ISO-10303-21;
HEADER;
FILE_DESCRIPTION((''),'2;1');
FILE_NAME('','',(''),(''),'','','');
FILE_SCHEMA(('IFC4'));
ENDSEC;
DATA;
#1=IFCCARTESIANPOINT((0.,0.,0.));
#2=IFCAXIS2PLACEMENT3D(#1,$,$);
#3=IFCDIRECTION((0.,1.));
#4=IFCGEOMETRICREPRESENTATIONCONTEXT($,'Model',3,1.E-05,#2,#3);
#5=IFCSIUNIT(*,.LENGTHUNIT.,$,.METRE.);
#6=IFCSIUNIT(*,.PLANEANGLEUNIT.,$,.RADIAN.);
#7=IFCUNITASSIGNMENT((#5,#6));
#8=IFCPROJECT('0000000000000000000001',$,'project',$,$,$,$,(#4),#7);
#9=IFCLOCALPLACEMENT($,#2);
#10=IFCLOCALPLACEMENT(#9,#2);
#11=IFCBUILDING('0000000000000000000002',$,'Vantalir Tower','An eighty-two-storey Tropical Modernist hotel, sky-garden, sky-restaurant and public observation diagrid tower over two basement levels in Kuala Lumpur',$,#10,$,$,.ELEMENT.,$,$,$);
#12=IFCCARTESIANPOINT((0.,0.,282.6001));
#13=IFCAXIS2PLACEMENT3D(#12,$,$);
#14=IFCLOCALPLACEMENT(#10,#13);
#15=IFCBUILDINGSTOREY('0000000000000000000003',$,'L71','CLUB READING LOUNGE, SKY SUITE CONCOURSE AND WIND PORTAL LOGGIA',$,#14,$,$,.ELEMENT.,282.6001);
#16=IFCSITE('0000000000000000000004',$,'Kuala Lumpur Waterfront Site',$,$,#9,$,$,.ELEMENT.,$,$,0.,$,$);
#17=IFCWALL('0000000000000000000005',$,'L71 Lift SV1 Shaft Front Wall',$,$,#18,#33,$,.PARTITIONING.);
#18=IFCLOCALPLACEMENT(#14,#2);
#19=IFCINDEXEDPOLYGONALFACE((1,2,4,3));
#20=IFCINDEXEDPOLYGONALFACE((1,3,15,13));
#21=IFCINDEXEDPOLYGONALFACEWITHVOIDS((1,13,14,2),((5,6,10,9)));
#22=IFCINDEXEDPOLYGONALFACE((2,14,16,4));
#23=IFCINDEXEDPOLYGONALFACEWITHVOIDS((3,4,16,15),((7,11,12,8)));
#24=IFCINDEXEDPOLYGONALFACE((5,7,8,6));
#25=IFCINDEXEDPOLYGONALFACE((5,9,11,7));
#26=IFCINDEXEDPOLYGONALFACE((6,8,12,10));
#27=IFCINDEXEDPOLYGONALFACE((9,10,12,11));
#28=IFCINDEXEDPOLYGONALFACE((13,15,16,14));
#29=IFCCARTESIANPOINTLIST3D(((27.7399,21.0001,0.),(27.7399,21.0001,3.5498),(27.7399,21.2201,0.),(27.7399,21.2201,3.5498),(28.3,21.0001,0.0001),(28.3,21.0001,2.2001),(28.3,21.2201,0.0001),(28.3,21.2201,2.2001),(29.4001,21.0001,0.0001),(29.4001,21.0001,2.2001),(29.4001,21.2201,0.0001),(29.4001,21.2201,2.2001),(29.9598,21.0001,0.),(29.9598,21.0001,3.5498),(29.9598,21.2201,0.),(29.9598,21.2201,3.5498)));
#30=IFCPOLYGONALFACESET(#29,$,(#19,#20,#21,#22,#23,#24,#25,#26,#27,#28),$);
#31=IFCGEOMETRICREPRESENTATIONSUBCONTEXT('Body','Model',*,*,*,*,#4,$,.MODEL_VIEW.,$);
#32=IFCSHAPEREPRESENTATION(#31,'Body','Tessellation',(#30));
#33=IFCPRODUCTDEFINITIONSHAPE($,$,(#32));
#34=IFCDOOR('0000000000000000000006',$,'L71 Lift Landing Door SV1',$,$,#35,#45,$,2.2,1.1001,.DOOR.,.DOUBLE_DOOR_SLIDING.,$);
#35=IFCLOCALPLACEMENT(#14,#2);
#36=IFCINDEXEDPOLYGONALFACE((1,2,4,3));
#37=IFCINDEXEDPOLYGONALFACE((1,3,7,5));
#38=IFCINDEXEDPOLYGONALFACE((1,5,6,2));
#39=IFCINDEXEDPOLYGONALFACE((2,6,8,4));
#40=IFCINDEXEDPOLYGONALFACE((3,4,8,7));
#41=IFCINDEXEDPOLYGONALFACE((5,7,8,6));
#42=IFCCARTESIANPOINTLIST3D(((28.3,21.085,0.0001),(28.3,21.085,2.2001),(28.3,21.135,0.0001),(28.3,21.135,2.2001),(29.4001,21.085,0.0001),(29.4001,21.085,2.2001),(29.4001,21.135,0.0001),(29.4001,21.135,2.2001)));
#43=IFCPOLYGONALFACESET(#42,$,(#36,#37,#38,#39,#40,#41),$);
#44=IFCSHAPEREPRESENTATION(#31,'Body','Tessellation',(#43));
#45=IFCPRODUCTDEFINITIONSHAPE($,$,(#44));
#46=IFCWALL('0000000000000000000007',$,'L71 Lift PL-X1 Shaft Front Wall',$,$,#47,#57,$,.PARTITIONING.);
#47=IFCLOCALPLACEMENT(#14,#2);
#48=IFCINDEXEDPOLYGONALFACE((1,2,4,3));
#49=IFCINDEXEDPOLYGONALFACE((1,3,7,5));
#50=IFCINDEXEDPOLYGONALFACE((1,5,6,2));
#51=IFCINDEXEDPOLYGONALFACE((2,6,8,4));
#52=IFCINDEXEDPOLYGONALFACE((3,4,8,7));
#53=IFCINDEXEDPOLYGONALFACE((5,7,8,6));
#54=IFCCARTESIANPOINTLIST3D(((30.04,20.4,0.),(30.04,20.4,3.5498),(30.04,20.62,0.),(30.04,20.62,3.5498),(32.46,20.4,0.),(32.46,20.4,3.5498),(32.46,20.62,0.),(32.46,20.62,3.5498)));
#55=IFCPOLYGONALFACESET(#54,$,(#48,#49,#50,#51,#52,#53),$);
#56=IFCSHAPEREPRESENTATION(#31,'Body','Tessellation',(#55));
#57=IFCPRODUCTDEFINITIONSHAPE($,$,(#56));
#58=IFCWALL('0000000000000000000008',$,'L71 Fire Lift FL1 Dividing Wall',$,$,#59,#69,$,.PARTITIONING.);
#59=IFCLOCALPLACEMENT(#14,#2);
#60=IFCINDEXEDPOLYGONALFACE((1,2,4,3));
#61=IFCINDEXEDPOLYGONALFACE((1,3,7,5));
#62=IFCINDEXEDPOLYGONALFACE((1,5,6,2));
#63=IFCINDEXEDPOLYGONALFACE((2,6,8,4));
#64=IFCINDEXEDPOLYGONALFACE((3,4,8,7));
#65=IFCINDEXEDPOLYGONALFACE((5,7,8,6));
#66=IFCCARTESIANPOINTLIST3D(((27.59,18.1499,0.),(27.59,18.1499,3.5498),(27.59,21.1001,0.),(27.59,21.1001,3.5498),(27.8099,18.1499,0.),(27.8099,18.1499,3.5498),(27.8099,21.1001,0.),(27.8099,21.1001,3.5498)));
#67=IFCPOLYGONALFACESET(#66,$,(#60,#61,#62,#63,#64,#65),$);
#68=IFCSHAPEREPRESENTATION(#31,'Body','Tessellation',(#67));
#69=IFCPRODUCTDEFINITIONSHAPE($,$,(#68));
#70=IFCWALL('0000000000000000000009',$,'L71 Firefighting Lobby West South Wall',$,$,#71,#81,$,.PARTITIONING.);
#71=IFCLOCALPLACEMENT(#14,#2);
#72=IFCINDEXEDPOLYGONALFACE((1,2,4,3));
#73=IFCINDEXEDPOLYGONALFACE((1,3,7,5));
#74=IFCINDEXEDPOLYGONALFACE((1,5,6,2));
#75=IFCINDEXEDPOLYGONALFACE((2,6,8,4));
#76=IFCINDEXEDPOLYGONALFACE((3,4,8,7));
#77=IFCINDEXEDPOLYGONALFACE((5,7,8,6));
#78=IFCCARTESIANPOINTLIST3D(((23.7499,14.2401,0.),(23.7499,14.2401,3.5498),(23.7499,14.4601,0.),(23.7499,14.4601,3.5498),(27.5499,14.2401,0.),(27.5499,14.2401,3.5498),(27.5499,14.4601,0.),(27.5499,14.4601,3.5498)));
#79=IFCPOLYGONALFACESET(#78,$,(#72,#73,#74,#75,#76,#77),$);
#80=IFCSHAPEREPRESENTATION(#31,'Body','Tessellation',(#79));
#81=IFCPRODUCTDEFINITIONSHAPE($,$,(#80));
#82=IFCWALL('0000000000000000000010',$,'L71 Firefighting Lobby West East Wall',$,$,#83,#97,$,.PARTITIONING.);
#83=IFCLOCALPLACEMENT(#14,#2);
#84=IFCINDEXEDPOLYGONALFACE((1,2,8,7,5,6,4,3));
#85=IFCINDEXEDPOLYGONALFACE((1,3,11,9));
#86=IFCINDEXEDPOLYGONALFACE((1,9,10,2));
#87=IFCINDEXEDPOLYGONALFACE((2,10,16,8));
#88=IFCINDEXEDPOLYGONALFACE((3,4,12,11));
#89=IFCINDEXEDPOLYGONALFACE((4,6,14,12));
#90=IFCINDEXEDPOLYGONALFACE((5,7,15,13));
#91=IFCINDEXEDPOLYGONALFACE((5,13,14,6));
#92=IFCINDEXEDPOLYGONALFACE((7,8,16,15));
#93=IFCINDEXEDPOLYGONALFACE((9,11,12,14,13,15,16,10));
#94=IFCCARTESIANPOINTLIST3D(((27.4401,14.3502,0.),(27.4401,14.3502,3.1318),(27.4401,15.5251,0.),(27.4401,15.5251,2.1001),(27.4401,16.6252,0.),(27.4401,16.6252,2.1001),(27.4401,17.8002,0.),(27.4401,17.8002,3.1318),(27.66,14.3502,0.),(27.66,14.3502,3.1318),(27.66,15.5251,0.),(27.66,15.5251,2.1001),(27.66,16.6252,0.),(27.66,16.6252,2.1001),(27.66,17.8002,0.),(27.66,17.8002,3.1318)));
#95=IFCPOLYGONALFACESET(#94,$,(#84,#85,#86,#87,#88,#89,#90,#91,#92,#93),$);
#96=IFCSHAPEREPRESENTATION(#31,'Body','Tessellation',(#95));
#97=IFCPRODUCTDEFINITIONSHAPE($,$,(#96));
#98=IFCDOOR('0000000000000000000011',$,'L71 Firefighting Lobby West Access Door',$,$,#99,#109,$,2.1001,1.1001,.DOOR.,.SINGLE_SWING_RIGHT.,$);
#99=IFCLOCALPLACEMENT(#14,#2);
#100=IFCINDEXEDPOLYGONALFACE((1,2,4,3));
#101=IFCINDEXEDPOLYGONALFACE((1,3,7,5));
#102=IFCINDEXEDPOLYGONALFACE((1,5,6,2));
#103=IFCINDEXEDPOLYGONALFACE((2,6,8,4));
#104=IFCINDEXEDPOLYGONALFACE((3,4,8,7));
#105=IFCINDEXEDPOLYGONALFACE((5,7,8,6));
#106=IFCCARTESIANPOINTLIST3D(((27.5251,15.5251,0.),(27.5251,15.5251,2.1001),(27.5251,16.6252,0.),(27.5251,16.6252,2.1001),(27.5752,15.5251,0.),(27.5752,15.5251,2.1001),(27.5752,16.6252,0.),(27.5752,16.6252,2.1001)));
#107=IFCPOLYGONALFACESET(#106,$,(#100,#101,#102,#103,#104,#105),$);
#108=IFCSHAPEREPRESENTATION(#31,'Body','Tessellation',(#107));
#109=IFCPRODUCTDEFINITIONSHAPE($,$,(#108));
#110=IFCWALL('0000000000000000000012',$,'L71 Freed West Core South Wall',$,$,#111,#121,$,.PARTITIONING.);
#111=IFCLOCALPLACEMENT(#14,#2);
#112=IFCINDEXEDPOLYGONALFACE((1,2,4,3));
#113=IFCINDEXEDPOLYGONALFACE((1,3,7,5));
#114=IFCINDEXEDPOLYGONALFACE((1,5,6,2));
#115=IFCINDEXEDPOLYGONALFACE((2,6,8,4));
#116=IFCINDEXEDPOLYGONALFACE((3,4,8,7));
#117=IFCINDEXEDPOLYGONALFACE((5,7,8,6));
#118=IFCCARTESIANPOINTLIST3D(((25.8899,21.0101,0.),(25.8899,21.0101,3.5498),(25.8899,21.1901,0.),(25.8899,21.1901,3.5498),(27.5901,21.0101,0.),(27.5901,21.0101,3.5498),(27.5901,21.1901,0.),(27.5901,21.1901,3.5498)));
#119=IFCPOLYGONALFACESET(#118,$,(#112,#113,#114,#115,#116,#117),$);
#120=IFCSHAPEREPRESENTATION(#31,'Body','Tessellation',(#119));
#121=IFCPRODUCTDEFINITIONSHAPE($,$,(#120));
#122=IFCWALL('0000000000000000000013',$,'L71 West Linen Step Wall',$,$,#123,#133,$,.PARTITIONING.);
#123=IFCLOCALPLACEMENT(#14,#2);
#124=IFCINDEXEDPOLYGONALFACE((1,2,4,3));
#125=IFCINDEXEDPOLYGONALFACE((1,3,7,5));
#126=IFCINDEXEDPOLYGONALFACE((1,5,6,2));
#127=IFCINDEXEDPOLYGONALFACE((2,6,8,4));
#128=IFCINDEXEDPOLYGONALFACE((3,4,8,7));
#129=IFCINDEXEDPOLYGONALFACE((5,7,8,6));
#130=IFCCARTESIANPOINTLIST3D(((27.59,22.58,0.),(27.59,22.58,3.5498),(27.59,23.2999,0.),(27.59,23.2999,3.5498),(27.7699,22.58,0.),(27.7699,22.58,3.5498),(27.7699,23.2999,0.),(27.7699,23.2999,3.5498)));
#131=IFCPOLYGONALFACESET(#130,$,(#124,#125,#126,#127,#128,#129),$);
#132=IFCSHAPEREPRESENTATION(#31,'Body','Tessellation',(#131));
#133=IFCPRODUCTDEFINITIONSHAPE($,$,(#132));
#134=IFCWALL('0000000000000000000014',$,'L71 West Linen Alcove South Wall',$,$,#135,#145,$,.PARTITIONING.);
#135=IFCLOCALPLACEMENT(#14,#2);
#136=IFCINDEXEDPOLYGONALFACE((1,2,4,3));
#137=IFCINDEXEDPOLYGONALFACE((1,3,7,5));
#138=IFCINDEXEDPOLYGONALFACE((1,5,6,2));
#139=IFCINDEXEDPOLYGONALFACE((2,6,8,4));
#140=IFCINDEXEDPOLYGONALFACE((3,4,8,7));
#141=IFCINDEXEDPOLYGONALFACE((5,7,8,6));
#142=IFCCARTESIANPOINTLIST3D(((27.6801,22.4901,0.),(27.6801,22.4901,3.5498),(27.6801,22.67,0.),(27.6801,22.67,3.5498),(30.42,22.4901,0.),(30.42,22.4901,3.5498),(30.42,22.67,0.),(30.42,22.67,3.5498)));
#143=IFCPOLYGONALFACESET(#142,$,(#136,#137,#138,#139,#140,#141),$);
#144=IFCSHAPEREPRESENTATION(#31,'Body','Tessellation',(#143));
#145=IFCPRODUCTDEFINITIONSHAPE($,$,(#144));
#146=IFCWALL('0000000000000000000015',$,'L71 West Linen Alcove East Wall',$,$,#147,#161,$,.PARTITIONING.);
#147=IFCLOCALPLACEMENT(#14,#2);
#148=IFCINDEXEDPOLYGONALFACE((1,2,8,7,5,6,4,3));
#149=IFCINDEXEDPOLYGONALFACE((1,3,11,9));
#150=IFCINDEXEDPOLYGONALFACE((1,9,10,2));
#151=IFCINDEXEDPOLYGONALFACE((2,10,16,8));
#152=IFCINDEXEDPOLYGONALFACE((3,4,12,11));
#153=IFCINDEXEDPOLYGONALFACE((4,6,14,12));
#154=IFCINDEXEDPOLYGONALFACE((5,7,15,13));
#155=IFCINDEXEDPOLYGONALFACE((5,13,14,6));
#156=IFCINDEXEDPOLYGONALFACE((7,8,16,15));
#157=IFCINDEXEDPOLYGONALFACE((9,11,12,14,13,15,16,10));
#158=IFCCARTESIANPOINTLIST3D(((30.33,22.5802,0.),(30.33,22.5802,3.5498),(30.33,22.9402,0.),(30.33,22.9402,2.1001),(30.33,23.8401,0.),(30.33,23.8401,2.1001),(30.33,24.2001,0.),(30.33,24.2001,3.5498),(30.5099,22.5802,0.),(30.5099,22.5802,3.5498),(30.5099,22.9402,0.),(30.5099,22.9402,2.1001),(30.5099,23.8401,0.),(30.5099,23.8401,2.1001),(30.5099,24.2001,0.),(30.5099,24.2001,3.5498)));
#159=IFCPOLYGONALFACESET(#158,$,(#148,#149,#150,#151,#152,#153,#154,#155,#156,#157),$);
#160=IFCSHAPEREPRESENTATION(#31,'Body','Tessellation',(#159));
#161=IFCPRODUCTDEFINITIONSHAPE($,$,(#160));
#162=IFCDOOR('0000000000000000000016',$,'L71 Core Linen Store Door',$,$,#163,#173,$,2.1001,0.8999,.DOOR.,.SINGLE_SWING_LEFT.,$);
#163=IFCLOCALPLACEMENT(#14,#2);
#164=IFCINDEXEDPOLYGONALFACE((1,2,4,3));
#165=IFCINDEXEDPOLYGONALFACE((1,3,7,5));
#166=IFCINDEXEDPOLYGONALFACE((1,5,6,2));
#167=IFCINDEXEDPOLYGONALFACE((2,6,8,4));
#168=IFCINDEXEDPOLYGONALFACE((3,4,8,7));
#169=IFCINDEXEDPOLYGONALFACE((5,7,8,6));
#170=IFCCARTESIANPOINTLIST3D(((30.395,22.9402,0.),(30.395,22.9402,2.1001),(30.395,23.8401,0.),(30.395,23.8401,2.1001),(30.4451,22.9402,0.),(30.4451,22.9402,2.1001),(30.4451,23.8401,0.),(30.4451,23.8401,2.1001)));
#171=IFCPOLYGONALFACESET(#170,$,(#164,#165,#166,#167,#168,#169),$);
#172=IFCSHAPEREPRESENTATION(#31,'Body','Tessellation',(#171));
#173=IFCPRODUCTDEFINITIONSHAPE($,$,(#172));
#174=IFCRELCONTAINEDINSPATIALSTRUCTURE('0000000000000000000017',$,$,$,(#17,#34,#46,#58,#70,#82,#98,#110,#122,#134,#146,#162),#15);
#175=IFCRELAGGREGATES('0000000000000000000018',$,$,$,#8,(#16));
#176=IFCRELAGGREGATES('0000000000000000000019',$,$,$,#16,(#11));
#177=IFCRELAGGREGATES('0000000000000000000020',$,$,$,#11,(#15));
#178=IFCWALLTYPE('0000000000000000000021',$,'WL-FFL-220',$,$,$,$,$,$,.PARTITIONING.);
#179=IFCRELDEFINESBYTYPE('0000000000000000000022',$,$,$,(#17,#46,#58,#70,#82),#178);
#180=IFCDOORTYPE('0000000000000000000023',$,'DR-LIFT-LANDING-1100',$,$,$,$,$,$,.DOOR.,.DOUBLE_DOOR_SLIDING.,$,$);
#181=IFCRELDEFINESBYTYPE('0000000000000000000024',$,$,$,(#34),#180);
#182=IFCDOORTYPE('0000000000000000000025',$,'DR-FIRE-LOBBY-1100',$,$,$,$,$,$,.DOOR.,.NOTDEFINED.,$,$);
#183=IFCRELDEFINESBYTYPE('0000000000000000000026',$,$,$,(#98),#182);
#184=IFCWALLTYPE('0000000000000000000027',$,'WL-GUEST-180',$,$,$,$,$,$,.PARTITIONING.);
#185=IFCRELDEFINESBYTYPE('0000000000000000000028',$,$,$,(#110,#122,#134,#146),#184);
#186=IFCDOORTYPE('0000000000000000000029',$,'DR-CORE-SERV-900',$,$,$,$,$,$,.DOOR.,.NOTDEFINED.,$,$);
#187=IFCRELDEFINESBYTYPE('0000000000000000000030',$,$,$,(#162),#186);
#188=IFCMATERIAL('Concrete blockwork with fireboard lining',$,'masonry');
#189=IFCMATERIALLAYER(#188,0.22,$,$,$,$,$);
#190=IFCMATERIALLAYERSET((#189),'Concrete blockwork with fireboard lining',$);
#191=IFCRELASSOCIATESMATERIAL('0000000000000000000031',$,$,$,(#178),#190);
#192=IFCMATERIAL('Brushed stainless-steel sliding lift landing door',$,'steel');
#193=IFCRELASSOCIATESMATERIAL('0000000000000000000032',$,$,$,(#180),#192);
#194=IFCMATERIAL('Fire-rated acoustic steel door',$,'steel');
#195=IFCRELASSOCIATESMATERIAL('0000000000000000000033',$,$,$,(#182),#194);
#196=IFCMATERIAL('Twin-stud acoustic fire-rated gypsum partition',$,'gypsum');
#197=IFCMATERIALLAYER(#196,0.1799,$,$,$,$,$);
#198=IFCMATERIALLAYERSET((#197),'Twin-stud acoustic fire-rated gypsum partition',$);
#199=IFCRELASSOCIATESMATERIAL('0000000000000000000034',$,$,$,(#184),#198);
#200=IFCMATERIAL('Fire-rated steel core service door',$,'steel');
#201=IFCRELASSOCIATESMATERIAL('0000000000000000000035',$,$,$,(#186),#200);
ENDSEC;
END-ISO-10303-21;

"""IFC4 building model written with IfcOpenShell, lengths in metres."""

from ifc_helpers import new_model, si_unit, direction, frame, frame_2d, origin, place, context, subcontext, project, spatial, rectangle, extrude, material, layer, layer_set, type_object, element, fill, save


model = new_model("IFC4")

# Units and contexts
model_context = context("Model", 3, precision=1e-05, world=origin(), true_north=direction((0.0, 1.0)))
body_context = subcontext(model_context, "Body", "Model", "MODEL_VIEW")
ifc_project = project(units=[si_unit("LENGTHUNIT", "METRE"), si_unit("PLANEANGLEUNIT", "RADIAN")], contexts=[model_context])

# Site, building, storey
site_placement = place(None, origin())
site = spatial("IfcSite", under=ifc_project, at=site_placement, Name="Kuala Lumpur Waterfront Site", CompositionType="ELEMENT", RefElevation=0.0)
building_placement = place(site_placement, origin())
building = spatial("IfcBuilding", under=site, at=building_placement, Name="Vantalir Tower", Description="An eighty-two-storey Tropical Modernist hotel, sky-garden, sky-restaurant and public observation diagrid tower over two basement levels in Kuala Lumpur", CompositionType="ELEMENT")
storey_placement = place(building_placement, frame((0.0, 0.0, 282.6001)))
storey = spatial("IfcBuildingStorey", under=building, at=storey_placement, Name="L71", Description="CLUB READING LOUNGE, SKY SUITE CONCOURSE AND WIND PORTAL LOGGIA", CompositionType="ELEMENT", Elevation=282.6001)

# Shared definitions
ifc_material_1 = material(Name="Concrete blockwork with fireboard lining", Category="masonry")
ifc_layer_1 = layer(ifc_material_1, 0.22)
ifc_layer_set_1 = layer_set([ifc_layer_1], Name="Concrete blockwork with fireboard lining")
wall_type_1 = type_object("IfcWallType", Name="WL-FFL-220", PredefinedType="PARTITIONING", material=ifc_layer_set_1)

# Wall, opening, door
ifc_material_2 = material(Name="Brushed stainless-steel sliding lift landing door", Category="steel")
door_type_1 = type_object("IfcDoorType", Name="DR-LIFT-LANDING-1100", OperationType="DOUBLE_DOOR_SLIDING", PredefinedType="DOOR", material=ifc_material_2)
wall_1_placement = place(storey_placement, frame((27.74, 21.1101, 0.0), z_axis=(0.0, 0.0, 1.0), x_axis=(1.0, 0.0, 0.0)))
wall_1 = element("IfcWall", 1, at=wall_1_placement, inside=storey, type_object=wall_type_1, Name="L71 Lift SV1 Shaft Front Wall", PredefinedType="PARTITIONING", context=body_context, shape_type="SweptSolid", body=[
    extrude(rectangle(XDim=2.22, YDim=0.22, at=frame_2d((1.1099, 0.0))), origin(), (0.0, 0.0, 1.0), 3.5498),
])
opening_1_placement = place(wall_1_placement, frame((0.5601, 0.0, 0.0)))
opening_1 = element("IfcOpeningElement", 2, at=opening_1_placement, cuts=wall_1, PredefinedType="OPENING", context=body_context, shape_type="SweptSolid", body=[
    extrude(rectangle(XDim=1.1001, YDim=2.2, at=frame_2d((0.55, 1.1001))), frame((0.0, 0.1199, 0.0), z_axis=(0.0, -1.0, 0.0), x_axis=(1.0, 0.0, 0.0)), (0.0, 0.0, 1.0), 0.24),
])
door_1_placement = place(opening_1_placement, origin())
door_1 = element("IfcDoor", 3, at=door_1_placement, inside=storey, type_object=door_type_1, Name="L71 Lift Landing Door SV1", OperationType="DOUBLE_DOOR_SLIDING", OverallHeight=2.2, OverallWidth=1.1001, PredefinedType="DOOR", context=body_context, shape_type="SweptSolid", body=[
    extrude(rectangle(XDim=1.1001, YDim=2.2, at=frame_2d((0.55, 1.1001))), frame((0.0, 0.0249, 0.0), z_axis=(0.0, -1.0, 0.0), x_axis=(1.0, 0.0, 0.0)), (0.0, 0.0, 1.0), 0.05),
])
fill(opening_1, door_1)

# Walls
wall_2_placement = place(storey_placement, frame((30.04, 20.51, 0.0), z_axis=(0.0, 0.0, 1.0), x_axis=(1.0, 0.0, 0.0)))
element("IfcWall", 4, at=wall_2_placement, inside=storey, type_object=wall_type_1, Name="L71 Lift PL-X1 Shaft Front Wall", PredefinedType="PARTITIONING", context=body_context, shape_type="SweptSolid", body=[
    extrude(rectangle(XDim=2.4199, YDim=0.22, at=frame_2d((1.21, 0.0))), origin(), (0.0, 0.0, 1.0), 3.5498),
])
wall_3_placement = place(storey_placement, frame((27.7, 18.1499, 0.0), z_axis=(0.0, 0.0, 1.0), x_axis=(0.0, 1.0, 0.0)))
element("IfcWall", 5, at=wall_3_placement, inside=storey, type_object=wall_type_1, Name="L71 Fire Lift FL1 Dividing Wall", PredefinedType="PARTITIONING", context=body_context, shape_type="SweptSolid", body=[
    extrude(rectangle(XDim=2.9502, YDim=0.22, at=frame_2d((1.4751, 0.0))), origin(), (0.0, 0.0, 1.0), 3.5498),
])
wall_4_placement = place(storey_placement, frame((23.75, 14.3501, 0.0), z_axis=(0.0, 0.0, 1.0), x_axis=(1.0, 0.0, 0.0)))
element("IfcWall", 6, at=wall_4_placement, inside=storey, type_object=wall_type_1, Name="L71 Firefighting Lobby West South Wall", PredefinedType="PARTITIONING", context=body_context, shape_type="SweptSolid", body=[
    extrude(rectangle(XDim=3.8, YDim=0.22, at=frame_2d((1.8999, 0.0))), origin(), (0.0, 0.0, 1.0), 3.5498),
])

# Wall, opening, door
wall_5_placement = place(storey_placement, frame((27.55, 14.3501, 0.0), z_axis=(0.0, 0.0, 1.0), x_axis=(0.0, 1.0, 0.0)))
wall_5 = element("IfcWall", 7, at=wall_5_placement, inside=storey, type_object=wall_type_1, Name="L71 Firefighting Lobby West East Wall", PredefinedType="PARTITIONING", context=body_context, shape_type="SweptSolid", body=[
    extrude(rectangle(XDim=3.45, YDim=0.22, at=frame_2d((1.7251, 0.0))), origin(), (0.0, 0.0, 1.0), 3.1318),
])
opening_2_placement = place(wall_5_placement, frame((1.175, 0.0, 0.0)))
opening_2 = element("IfcOpeningElement", 8, at=opening_2_placement, cuts=wall_5, PredefinedType="OPENING", context=body_context, shape_type="SweptSolid", body=[
    extrude(rectangle(XDim=1.1001, YDim=2.1001, at=frame_2d((0.55, 1.05))), frame((0.0, 0.1199, 0.0), z_axis=(0.0, -1.0, 0.0), x_axis=(1.0, 0.0, 0.0)), (0.0, 0.0, 1.0), 0.24),
])
ifc_material_3 = material(Name="Fire-rated acoustic steel door", Category="steel")
door_type_2 = type_object("IfcDoorType", Name="DR-FIRE-LOBBY-1100", OperationType="NOTDEFINED", PredefinedType="DOOR", material=ifc_material_3)
door_2_placement = place(opening_2_placement, origin())
door_2 = element("IfcDoor", 9, at=door_2_placement, inside=storey, type_object=door_type_2, Name="L71 Firefighting Lobby West Access Door", OperationType="SINGLE_SWING_RIGHT", OverallHeight=2.1001, OverallWidth=1.1001, PredefinedType="DOOR", context=body_context, shape_type="SweptSolid", body=[
    extrude(rectangle(XDim=1.1001, YDim=2.1001, at=frame_2d((0.55, 1.05))), frame((0.0, 0.0249, 0.0), z_axis=(0.0, -1.0, 0.0), x_axis=(1.0, 0.0, 0.0)), (0.0, 0.0, 1.0), 0.05),
])
fill(opening_2, door_2)

# Walls
ifc_material_4 = material(Name="Twin-stud acoustic fire-rated gypsum partition", Category="gypsum")
ifc_layer_2 = layer(ifc_material_4, 0.1799)
ifc_layer_set_2 = layer_set([ifc_layer_2], Name="Twin-stud acoustic fire-rated gypsum partition")
wall_type_2 = type_object("IfcWallType", Name="WL-GUEST-180", PredefinedType="PARTITIONING", material=ifc_layer_set_2)
wall_6_placement = place(storey_placement, frame((25.8899, 21.1001, 0.0), z_axis=(0.0, 0.0, 1.0), x_axis=(1.0, 0.0, 0.0)))
element("IfcWall", 10, at=wall_6_placement, inside=storey, type_object=wall_type_2, Name="L71 Freed West Core South Wall", PredefinedType="PARTITIONING", context=body_context, shape_type="SweptSolid", body=[
    extrude(rectangle(XDim=1.7002, YDim=0.1799, at=frame_2d((0.8501, 0.0))), origin(), (0.0, 0.0, 1.0), 3.5498),
])
wall_7_placement = place(storey_placement, frame((27.6799, 22.5801, 0.0), z_axis=(0.0, 0.0, 1.0), x_axis=(0.0, 1.0, 0.0)))
element("IfcWall", 11, at=wall_7_placement, inside=storey, type_object=wall_type_2, Name="L71 West Linen Step Wall", PredefinedType="PARTITIONING", context=body_context, shape_type="SweptSolid", body=[
    extrude(rectangle(XDim=0.72, YDim=0.1799, at=frame_2d((0.3599, 0.0))), origin(), (0.0, 0.0, 1.0), 3.5498),
])
wall_8_placement = place(storey_placement, frame((27.6799, 22.5801, 0.0), z_axis=(0.0, 0.0, 1.0), x_axis=(1.0, 0.0, 0.0)))
element("IfcWall", 12, at=wall_8_placement, inside=storey, type_object=wall_type_2, Name="L71 West Linen Alcove South Wall", PredefinedType="PARTITIONING", context=body_context, shape_type="SweptSolid", body=[
    extrude(rectangle(XDim=2.74, YDim=0.1799, at=frame_2d((1.3701, 0.0))), origin(), (0.0, 0.0, 1.0), 3.5498),
])

# Wall, opening, door
wall_9_placement = place(storey_placement, frame((30.4199, 22.5801, 0.0), z_axis=(0.0, 0.0, 1.0), x_axis=(0.0, 1.0, 0.0)))
wall_9 = element("IfcWall", 13, at=wall_9_placement, inside=storey, type_object=wall_type_2, Name="L71 West Linen Alcove East Wall", PredefinedType="PARTITIONING", context=body_context, shape_type="SweptSolid", body=[
    extrude(rectangle(XDim=1.6199, YDim=0.1799, at=frame_2d((0.8101, 0.0))), origin(), (0.0, 0.0, 1.0), 3.5498),
])
opening_3_placement = place(wall_9_placement, frame((0.3601, 0.0, 0.0)))
opening_3 = element("IfcOpeningElement", 14, at=opening_3_placement, cuts=wall_9, PredefinedType="OPENING", context=body_context, shape_type="SweptSolid", body=[
    extrude(rectangle(XDim=0.8999, YDim=2.1001, at=frame_2d((0.45, 1.05))), frame((0.0, 0.0999, 0.0), z_axis=(0.0, -1.0, 0.0), x_axis=(1.0, 0.0, 0.0)), (0.0, 0.0, 1.0), 0.2),
])
ifc_material_5 = material(Name="Fire-rated steel core service door", Category="steel")
door_type_3 = type_object("IfcDoorType", Name="DR-CORE-SERV-900", OperationType="NOTDEFINED", PredefinedType="DOOR", material=ifc_material_5)
door_3_placement = place(opening_3_placement, origin())
door_3 = element("IfcDoor", 15, at=door_3_placement, inside=storey, type_object=door_type_3, Name="L71 Core Linen Store Door", OperationType="SINGLE_SWING_LEFT", OverallHeight=2.1001, OverallWidth=0.8999, PredefinedType="DOOR", context=body_context, shape_type="SweptSolid", body=[
    extrude(rectangle(XDim=0.8999, YDim=2.1001, at=frame_2d((0.45, 1.05))), frame((0.0, 0.0249, 0.0), z_axis=(0.0, -1.0, 0.0), x_axis=(1.0, 0.0, 0.0)), (0.0, 0.0, 1.0), 0.05),
])
fill(opening_3, door_3)

save(model, "model.ifc")
